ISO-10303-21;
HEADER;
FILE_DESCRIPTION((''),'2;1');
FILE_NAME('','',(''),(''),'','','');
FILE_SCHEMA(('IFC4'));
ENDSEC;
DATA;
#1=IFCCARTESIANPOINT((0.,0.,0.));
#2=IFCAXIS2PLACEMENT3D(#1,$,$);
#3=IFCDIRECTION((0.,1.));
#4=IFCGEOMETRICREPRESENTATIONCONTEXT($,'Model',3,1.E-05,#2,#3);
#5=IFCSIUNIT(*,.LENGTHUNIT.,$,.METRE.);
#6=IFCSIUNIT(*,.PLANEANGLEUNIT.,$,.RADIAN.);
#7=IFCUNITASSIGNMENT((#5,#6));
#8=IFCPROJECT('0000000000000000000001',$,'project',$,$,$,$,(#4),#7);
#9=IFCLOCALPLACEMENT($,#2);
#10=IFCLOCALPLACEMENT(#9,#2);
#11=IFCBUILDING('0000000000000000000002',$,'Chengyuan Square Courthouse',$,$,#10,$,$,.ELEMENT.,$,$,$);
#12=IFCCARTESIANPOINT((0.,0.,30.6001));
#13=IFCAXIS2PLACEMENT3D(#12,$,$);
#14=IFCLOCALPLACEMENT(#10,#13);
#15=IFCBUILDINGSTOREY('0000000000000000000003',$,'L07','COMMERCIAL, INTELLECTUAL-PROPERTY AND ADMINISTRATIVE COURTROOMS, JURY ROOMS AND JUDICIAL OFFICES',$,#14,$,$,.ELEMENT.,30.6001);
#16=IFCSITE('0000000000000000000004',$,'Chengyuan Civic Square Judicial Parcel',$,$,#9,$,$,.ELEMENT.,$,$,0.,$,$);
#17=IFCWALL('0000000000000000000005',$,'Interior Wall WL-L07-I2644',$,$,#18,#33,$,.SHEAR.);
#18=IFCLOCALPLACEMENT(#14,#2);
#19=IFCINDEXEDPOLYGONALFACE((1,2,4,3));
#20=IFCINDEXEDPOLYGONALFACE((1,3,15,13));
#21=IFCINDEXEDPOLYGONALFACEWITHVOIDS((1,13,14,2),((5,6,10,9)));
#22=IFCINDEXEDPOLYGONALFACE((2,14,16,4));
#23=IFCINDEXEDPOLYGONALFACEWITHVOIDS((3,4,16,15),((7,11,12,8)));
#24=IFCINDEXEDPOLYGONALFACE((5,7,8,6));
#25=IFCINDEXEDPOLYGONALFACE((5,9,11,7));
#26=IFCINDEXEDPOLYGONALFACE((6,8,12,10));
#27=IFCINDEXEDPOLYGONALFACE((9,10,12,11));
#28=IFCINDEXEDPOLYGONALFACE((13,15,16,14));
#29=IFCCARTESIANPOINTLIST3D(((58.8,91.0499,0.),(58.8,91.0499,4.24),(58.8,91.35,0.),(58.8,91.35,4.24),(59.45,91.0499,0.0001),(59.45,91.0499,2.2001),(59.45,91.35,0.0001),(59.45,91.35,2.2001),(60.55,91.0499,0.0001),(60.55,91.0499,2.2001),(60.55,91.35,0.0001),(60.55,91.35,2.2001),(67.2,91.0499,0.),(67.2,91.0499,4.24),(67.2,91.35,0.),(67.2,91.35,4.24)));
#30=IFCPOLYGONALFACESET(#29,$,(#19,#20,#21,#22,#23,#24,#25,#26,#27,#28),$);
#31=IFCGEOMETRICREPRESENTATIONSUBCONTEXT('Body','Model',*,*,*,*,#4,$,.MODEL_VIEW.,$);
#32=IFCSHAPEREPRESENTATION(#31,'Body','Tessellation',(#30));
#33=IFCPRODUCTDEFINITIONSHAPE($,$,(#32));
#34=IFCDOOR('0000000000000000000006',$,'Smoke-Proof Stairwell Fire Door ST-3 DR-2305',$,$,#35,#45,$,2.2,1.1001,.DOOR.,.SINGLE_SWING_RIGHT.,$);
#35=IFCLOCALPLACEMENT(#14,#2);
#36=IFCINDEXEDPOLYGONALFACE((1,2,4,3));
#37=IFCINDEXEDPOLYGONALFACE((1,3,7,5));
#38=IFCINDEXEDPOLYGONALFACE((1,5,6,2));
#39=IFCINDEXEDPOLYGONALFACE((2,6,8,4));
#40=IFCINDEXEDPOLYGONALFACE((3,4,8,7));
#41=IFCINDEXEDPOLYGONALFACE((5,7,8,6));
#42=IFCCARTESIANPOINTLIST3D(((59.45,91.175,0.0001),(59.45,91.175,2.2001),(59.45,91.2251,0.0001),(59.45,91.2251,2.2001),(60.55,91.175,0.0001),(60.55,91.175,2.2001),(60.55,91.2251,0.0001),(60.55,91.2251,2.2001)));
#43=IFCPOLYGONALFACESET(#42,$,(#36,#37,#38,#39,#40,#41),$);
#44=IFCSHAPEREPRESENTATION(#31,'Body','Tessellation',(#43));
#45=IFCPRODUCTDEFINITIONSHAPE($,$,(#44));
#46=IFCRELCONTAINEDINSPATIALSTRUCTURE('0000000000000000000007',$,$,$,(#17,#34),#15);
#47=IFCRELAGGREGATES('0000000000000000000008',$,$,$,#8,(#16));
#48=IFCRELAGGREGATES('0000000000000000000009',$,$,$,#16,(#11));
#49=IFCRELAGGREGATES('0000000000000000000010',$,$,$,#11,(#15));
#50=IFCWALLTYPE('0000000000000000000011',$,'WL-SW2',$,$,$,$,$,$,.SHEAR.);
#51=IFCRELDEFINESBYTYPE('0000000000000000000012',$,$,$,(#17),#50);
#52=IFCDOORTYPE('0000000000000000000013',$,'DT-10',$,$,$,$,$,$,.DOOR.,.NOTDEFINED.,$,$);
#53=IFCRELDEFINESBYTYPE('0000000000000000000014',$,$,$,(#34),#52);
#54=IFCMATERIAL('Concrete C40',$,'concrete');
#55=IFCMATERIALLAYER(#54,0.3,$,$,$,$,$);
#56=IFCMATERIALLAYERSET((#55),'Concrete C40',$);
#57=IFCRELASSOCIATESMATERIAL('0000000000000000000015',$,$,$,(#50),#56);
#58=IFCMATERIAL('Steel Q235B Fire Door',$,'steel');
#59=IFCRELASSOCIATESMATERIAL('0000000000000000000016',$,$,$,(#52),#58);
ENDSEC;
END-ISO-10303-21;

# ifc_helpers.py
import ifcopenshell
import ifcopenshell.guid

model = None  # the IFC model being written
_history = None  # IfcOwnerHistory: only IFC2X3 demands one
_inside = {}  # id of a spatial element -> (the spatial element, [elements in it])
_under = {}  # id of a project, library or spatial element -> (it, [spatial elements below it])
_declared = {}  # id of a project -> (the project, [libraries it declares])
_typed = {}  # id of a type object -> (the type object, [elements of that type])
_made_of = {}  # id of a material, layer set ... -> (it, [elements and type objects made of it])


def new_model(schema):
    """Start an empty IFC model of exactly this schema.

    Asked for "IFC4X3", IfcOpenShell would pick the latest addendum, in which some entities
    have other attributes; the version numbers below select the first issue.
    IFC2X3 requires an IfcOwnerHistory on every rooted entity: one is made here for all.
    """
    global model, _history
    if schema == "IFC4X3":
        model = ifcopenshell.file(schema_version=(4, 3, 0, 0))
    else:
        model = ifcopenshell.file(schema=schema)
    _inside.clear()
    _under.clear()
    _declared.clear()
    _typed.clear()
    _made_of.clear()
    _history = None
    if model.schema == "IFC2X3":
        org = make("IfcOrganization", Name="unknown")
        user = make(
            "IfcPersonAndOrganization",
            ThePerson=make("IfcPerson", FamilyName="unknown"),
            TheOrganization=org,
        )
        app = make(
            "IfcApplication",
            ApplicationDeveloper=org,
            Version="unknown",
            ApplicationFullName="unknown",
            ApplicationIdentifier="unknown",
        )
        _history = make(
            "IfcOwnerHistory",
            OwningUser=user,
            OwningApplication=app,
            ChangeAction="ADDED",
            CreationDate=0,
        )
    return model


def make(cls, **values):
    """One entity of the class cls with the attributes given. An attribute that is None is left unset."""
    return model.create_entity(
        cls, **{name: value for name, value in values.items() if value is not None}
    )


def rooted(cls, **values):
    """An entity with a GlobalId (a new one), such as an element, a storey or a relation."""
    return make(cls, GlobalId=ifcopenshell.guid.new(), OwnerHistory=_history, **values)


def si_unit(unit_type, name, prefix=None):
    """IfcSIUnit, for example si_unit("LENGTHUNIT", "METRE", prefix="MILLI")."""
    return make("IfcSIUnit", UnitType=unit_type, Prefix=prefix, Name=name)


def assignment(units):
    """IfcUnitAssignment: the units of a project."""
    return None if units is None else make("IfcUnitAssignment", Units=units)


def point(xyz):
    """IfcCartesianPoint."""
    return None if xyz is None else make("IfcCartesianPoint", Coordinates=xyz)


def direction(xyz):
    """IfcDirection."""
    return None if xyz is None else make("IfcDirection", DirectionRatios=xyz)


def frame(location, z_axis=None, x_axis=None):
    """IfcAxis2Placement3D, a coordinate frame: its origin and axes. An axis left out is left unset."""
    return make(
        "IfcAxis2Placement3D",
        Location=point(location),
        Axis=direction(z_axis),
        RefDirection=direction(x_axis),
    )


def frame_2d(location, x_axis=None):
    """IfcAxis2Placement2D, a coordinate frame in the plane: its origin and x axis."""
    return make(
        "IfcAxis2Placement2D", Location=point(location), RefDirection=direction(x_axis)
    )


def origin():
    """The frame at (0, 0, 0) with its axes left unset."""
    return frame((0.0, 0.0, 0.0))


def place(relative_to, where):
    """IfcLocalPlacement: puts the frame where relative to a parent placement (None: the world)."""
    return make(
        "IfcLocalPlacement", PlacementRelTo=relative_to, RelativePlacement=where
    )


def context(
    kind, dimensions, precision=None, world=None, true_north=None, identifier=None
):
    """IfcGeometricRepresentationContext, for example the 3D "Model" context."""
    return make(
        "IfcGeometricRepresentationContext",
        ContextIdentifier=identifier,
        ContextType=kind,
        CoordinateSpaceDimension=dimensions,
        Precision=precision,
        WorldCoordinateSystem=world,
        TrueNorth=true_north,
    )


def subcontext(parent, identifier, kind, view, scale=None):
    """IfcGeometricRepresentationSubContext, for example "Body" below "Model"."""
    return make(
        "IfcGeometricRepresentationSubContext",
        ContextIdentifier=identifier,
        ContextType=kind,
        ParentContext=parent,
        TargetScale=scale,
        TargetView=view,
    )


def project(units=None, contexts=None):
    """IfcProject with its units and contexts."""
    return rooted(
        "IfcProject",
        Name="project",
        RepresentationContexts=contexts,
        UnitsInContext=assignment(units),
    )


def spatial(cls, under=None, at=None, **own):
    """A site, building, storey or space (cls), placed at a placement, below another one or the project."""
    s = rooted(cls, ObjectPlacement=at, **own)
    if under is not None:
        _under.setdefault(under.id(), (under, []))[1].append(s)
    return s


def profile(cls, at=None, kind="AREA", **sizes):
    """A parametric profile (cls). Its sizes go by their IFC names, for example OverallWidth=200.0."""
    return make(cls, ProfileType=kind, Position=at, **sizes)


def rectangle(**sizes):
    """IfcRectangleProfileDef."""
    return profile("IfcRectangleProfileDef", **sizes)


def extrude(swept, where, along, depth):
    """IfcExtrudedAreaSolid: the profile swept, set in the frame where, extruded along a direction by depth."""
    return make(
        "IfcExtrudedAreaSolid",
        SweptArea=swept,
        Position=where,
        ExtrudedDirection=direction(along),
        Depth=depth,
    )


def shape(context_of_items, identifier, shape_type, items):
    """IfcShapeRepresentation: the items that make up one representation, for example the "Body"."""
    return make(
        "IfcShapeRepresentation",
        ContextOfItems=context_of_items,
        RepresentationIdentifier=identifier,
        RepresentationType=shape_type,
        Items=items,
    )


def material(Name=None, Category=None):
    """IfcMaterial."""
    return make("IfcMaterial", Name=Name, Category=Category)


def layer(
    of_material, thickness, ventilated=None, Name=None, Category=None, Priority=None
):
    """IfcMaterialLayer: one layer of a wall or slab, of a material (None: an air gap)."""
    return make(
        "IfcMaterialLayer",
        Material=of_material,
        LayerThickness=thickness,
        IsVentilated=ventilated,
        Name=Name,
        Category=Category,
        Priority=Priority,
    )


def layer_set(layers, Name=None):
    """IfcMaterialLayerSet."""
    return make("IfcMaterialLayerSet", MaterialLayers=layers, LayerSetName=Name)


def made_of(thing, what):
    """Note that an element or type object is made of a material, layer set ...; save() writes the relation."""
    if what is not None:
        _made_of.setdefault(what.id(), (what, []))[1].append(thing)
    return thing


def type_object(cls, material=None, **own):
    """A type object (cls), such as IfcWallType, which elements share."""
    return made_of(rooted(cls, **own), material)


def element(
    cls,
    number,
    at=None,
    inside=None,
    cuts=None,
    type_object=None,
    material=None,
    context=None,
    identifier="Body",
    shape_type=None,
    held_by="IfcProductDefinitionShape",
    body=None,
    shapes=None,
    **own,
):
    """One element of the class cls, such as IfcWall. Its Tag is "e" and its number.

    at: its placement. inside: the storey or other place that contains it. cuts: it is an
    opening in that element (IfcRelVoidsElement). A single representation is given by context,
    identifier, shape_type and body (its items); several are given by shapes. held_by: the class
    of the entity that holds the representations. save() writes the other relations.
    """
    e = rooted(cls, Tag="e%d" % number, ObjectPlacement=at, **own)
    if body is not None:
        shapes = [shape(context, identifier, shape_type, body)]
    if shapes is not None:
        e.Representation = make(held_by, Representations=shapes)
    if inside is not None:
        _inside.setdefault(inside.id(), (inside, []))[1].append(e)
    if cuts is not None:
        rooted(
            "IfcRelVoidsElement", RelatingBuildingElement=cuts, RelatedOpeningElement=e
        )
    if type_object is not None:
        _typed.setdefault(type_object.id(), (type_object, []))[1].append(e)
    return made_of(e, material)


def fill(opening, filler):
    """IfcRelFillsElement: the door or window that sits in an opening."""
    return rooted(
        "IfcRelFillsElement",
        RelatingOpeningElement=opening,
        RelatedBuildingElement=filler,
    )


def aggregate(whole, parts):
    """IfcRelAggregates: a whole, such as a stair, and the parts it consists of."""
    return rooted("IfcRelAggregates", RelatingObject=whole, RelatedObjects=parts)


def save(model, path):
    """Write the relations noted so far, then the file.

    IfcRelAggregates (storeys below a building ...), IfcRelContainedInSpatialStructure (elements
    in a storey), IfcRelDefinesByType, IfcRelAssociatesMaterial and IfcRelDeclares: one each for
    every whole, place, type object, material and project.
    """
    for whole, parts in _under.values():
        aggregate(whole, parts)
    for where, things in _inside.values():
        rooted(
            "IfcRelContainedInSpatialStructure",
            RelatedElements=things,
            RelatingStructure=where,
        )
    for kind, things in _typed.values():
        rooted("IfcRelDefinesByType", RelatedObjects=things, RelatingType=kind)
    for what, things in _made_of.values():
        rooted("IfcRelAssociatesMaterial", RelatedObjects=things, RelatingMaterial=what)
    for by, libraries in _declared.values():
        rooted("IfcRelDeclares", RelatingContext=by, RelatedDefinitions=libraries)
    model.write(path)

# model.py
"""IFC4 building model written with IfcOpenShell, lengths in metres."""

from ifc_helpers import new_model, si_unit, direction, frame, frame_2d, origin, place, context, subcontext, project, spatial, rectangle, extrude, material, layer, layer_set, type_object, element, fill, save


model = new_model("IFC4")

# Units and contexts
model_context = context("Model", 3, precision=1e-05, world=origin(), true_north=direction((0.0, 1.0)))
body_context = subcontext(model_context, "Body", "Model", "MODEL_VIEW")
ifc_project = project(units=[si_unit("LENGTHUNIT", "METRE"), si_unit("PLANEANGLEUNIT", "RADIAN")], contexts=[model_context])

# Site, building, storey
site_placement = place(None, origin())
site = spatial("IfcSite", under=ifc_project, at=site_placement, Name="Chengyuan Civic Square Judicial Parcel", CompositionType="ELEMENT", RefElevation=0.0)
building_placement = place(site_placement, origin())
building = spatial("IfcBuilding", under=site, at=building_placement, Name="Chengyuan Square Courthouse", CompositionType="ELEMENT")
storey_placement = place(building_placement, frame((0.0, 0.0, 30.6001)))
storey = spatial("IfcBuildingStorey", under=building, at=storey_placement, Name="L07", Description="COMMERCIAL, INTELLECTUAL-PROPERTY AND ADMINISTRATIVE COURTROOMS, JURY ROOMS AND JUDICIAL OFFICES", CompositionType="ELEMENT", Elevation=30.6001)

# Shared definitions
ifc_material_1 = material(Name="Concrete C40", Category="concrete")

# Shared definitions
ifc_material_2 = material(Name="Steel Q235B Fire Door", Category="steel")

# Wall, opening, door
ifc_layer_1 = layer(ifc_material_1, 0.3)
ifc_layer_set_1 = layer_set([ifc_layer_1], Name="Concrete C40")
wall_type_1 = type_object("IfcWallType", Name="WL-SW2", PredefinedType="SHEAR", material=ifc_layer_set_1)
wall_1_placement = place(storey_placement, frame((58.8, 91.2, 0.0), z_axis=(0.0, 0.0, 1.0), x_axis=(1.0, 0.0, 0.0)))
wall_1 = element("IfcWall", 1, at=wall_1_placement, inside=storey, type_object=wall_type_1, Name="Interior Wall WL-L07-I2644", PredefinedType="SHEAR", context=body_context, shape_type="SweptSolid", body=[
    extrude(rectangle(XDim=8.3999, YDim=0.3, at=frame_2d((4.2, 0.0))), origin(), (0.0, 0.0, 1.0), 4.24),
])
opening_1_placement = place(wall_1_placement, frame((0.6499, 0.0, 0.0)))
opening_1 = element("IfcOpeningElement", 2, at=opening_1_placement, cuts=wall_1, PredefinedType="OPENING", context=body_context, shape_type="SweptSolid", body=[
    extrude(rectangle(XDim=1.1001, YDim=2.2, at=frame_2d((0.55, 1.1001))), frame((0.0, 0.1621, 0.0), z_axis=(0.0, -1.0, 0.0), x_axis=(1.0, 0.0, 0.0)), (0.0, 0.0, 1.0), 0.324),
])
door_type_1 = type_object("IfcDoorType", Name="DT-10", OperationType="NOTDEFINED", PredefinedType="DOOR", material=ifc_material_2)
door_1_placement = place(opening_1_placement, frame((1.1001, 0.0, 0.0), z_axis=(0.0, 0.0, 1.0), x_axis=(-1.0, 0.0, 0.0)))
door_1 = element("IfcDoor", 3, at=door_1_placement, inside=storey, type_object=door_type_1, Name="Smoke-Proof Stairwell Fire Door ST-3 DR-2305", OperationType="SINGLE_SWING_RIGHT", OverallHeight=2.2, OverallWidth=1.1001, PredefinedType="DOOR", context=body_context, shape_type="SweptSolid", body=[
    extrude(rectangle(XDim=1.1001, YDim=2.2, at=frame_2d((0.55, 1.1001))), frame((0.0, 0.0249, 0.0), z_axis=(0.0, -1.0, 0.0), x_axis=(1.0, 0.0, 0.0)), (0.0, 0.0, 1.0), 0.05),
])
fill(opening_1, door_1)

save(model, "model.ifc")
